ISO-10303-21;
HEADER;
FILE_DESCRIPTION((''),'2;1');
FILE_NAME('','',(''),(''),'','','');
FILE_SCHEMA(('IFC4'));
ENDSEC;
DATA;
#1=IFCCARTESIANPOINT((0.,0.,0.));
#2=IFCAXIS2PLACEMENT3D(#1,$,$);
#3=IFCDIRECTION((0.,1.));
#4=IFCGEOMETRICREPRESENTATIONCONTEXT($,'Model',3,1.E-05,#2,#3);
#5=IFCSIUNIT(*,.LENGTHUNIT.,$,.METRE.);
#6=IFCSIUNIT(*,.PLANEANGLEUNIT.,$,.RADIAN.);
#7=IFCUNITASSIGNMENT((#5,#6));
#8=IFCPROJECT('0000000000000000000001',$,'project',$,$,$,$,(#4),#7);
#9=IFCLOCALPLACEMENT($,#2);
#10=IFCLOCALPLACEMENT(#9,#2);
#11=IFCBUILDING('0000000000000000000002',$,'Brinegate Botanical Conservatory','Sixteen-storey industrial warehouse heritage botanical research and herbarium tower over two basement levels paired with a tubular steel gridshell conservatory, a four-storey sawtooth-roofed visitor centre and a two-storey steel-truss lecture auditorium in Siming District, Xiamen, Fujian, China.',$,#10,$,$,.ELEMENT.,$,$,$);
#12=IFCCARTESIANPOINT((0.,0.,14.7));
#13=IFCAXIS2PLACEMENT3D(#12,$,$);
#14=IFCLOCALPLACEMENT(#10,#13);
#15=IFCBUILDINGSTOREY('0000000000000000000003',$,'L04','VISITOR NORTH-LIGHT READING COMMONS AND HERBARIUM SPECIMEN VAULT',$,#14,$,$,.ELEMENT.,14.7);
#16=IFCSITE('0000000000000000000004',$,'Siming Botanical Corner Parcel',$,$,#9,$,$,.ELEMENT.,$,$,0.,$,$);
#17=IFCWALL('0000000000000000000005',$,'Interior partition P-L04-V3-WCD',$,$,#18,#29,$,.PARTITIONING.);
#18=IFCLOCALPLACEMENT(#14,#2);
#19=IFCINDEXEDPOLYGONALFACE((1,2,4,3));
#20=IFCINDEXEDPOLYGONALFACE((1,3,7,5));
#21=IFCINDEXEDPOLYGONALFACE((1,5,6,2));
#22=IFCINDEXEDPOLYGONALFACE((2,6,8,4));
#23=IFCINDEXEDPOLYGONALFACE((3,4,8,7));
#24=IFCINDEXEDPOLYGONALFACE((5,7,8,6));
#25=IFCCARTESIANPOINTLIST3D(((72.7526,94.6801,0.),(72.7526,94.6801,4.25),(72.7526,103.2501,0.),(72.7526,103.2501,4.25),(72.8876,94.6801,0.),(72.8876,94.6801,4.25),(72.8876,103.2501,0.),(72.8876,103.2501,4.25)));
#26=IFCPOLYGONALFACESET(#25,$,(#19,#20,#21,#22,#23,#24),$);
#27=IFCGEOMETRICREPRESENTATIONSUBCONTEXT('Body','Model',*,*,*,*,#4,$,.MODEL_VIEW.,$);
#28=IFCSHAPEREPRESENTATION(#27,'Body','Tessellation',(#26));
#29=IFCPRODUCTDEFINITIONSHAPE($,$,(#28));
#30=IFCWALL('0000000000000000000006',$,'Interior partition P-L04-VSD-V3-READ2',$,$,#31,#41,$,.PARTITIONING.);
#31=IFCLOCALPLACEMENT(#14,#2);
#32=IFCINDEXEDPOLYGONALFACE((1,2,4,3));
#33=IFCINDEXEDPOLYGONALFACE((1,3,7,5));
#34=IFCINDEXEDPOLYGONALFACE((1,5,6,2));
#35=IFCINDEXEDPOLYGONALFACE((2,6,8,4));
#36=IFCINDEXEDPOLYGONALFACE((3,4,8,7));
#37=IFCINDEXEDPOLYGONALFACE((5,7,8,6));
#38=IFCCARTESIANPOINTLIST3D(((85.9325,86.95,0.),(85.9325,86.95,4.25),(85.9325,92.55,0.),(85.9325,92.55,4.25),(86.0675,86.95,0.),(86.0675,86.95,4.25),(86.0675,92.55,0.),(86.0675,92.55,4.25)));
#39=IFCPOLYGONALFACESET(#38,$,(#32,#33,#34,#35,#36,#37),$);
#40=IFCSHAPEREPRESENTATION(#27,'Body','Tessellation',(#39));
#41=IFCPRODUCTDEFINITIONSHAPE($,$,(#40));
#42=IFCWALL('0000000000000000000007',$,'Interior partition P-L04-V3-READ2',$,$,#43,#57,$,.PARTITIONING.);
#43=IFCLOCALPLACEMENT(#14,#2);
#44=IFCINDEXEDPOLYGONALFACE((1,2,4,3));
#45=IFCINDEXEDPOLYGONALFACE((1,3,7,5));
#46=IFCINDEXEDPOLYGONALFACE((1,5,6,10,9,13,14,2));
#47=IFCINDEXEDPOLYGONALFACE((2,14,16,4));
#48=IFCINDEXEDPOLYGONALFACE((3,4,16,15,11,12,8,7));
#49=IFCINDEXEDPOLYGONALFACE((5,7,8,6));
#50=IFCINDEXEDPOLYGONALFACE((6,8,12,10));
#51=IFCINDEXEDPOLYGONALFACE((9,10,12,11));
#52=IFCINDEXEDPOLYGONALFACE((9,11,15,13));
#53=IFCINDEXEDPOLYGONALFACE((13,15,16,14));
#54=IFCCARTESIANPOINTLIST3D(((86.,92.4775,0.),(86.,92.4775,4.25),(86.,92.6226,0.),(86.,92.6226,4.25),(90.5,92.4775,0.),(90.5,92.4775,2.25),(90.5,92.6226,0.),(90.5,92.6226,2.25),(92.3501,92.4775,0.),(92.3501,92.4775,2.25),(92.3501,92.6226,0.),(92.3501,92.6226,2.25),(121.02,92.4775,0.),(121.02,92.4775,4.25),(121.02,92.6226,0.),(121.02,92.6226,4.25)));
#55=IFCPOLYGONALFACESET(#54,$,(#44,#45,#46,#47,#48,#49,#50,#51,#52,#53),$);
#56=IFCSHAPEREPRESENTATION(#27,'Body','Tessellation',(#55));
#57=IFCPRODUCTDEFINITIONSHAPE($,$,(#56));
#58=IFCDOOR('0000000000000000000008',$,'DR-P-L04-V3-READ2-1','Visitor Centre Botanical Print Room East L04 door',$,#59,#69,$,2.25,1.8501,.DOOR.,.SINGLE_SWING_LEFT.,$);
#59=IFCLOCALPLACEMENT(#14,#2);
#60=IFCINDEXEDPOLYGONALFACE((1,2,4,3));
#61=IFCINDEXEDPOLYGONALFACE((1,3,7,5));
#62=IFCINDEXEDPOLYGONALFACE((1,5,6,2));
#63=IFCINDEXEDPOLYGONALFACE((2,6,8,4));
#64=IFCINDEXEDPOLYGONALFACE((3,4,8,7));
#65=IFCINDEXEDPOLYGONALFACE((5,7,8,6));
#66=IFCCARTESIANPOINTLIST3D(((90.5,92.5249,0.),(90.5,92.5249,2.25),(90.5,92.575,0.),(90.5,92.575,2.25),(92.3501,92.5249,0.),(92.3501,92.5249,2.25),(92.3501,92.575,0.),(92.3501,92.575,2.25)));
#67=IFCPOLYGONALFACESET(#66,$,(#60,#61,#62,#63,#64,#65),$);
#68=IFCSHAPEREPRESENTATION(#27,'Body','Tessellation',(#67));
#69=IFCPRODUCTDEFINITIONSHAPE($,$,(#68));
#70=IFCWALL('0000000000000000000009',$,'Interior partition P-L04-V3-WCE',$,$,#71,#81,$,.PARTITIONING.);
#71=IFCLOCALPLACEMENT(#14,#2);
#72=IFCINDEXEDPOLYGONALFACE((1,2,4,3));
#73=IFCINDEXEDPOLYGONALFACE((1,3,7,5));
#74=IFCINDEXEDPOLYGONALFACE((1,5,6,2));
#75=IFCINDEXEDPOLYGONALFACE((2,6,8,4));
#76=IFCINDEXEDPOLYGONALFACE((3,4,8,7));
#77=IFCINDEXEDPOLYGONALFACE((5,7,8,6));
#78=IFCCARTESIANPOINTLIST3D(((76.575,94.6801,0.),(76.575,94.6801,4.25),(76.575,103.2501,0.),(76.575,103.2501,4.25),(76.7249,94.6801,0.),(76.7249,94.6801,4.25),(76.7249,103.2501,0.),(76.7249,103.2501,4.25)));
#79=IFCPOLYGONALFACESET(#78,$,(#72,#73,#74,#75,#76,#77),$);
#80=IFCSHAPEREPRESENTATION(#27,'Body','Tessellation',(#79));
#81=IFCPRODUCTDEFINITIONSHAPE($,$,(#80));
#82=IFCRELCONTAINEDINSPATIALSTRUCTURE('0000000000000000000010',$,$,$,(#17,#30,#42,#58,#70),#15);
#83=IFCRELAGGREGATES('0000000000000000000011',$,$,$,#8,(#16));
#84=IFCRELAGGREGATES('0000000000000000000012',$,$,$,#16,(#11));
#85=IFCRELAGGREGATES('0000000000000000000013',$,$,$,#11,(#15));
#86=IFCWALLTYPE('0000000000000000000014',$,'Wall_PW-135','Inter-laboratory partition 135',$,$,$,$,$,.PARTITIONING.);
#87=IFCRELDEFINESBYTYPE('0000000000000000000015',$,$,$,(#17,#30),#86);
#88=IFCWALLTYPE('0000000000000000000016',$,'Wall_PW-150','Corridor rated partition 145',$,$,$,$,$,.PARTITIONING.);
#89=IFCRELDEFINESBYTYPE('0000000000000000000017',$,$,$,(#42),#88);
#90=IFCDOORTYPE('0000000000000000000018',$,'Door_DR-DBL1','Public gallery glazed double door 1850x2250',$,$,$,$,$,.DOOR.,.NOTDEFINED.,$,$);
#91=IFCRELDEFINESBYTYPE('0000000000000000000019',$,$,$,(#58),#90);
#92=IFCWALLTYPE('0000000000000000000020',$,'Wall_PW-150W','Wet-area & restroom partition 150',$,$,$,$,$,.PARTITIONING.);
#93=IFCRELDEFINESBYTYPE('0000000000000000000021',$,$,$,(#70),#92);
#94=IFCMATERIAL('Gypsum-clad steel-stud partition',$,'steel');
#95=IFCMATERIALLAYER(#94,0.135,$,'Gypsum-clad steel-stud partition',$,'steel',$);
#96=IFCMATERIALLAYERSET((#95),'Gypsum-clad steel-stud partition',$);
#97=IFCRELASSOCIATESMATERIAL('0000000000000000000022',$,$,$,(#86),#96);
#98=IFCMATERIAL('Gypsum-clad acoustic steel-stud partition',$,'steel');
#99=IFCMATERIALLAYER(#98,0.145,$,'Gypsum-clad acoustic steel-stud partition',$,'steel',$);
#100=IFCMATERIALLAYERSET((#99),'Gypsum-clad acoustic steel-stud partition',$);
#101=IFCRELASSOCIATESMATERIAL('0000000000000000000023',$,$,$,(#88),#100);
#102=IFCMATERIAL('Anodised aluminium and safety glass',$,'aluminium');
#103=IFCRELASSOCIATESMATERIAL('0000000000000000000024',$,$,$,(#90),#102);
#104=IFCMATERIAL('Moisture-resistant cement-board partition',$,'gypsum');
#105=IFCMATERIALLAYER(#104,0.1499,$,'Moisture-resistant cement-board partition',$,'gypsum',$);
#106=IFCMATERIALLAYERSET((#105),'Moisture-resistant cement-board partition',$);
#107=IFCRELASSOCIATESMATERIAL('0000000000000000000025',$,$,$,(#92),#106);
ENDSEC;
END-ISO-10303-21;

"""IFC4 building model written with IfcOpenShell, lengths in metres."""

from ifc_helpers import new_model, si_unit, direction, frame, frame_2d, origin, place, context, subcontext, project, spatial, rectangle, extrude, material, layer, layer_set, type_object, element, fill, save


model = new_model("IFC4")

# Units and contexts
model_context = context("Model", 3, precision=1e-05, world=origin(), true_north=direction((0.0, 1.0)))
body_context = subcontext(model_context, "Body", "Model", "MODEL_VIEW")
ifc_project = project(units=[si_unit("LENGTHUNIT", "METRE"), si_unit("PLANEANGLEUNIT", "RADIAN")], contexts=[model_context])

# Site, building, storey
site_placement = place(None, origin())
site = spatial("IfcSite", under=ifc_project, at=site_placement, Name="Siming Botanical Corner Parcel", CompositionType="ELEMENT", RefElevation=0.0)
building_placement = place(site_placement, origin())
building = spatial("IfcBuilding", under=site, at=building_placement, Name="Brinegate Botanical Conservatory", Description="Sixteen-storey industrial warehouse heritage botanical research and herbarium tower over two basement levels paired with a tubular steel gridshell conservatory, a four-storey sawtooth-roofed visitor centre and a two-storey steel-truss lecture auditorium in Siming District, Xiamen, Fujian, China.", CompositionType="ELEMENT")
storey_placement = place(building_placement, frame((0.0, 0.0, 14.7)))
storey = spatial("IfcBuildingStorey", under=building, at=storey_placement, Name="L04", Description="VISITOR NORTH-LIGHT READING COMMONS AND HERBARIUM SPECIMEN VAULT", CompositionType="ELEMENT", Elevation=14.7)

# Walls
ifc_material_1 = material(Name="Gypsum-clad steel-stud partition", Category="steel")
ifc_layer_1 = layer(ifc_material_1, 0.135, Name="Gypsum-clad steel-stud partition", Category="steel")
ifc_layer_set_1 = layer_set([ifc_layer_1], Name="Gypsum-clad steel-stud partition")
wall_type_1 = type_object("IfcWallType", Name="Wall_PW-135", Description="Inter-laboratory partition 135", PredefinedType="PARTITIONING", material=ifc_layer_set_1)
wall_1_placement = place(storey_placement, frame((72.8201, 94.6799, 0.0), z_axis=(0.0, 0.0, 1.0), x_axis=(0.0, 1.0, 0.0)))
element("IfcWall", 1, at=wall_1_placement, inside=storey, type_object=wall_type_1, Name="Interior partition P-L04-V3-WCD", PredefinedType="PARTITIONING", context=body_context, shape_type="SweptSolid", body=[
    extrude(rectangle(XDim=8.5701, YDim=0.135, at=frame_2d((4.2852, 0.0))), origin(), (0.0, 0.0, 1.0), 4.25),
])
wall_2_placement = place(storey_placement, frame((86.0, 86.95, 0.0), z_axis=(0.0, 0.0, 1.0), x_axis=(0.0, 1.0, 0.0)))
element("IfcWall", 2, at=wall_2_placement, inside=storey, type_object=wall_type_1, Name="Interior partition P-L04-VSD-V3-READ2", PredefinedType="PARTITIONING", context=body_context, shape_type="SweptSolid", body=[
    extrude(rectangle(XDim=5.6001, YDim=0.135, at=frame_2d((2.8, 0.0))), origin(), (0.0, 0.0, 1.0), 4.25),
])

# Wall, opening, door
ifc_material_2 = material(Name="Gypsum-clad acoustic steel-stud partition", Category="steel")
ifc_layer_2 = layer(ifc_material_2, 0.145, Name="Gypsum-clad acoustic steel-stud partition", Category="steel")
ifc_layer_set_2 = layer_set([ifc_layer_2], Name="Gypsum-clad acoustic steel-stud partition")
wall_type_2 = type_object("IfcWallType", Name="Wall_PW-150", Description="Corridor rated partition 145", PredefinedType="PARTITIONING", material=ifc_layer_set_2)
wall_3_placement = place(storey_placement, frame((86.0, 92.55, 0.0), z_axis=(0.0, 0.0, 1.0), x_axis=(1.0, 0.0, 0.0)))
wall_3 = element("IfcWall", 3, at=wall_3_placement, inside=storey, type_object=wall_type_2, Name="Interior partition P-L04-V3-READ2", PredefinedType="PARTITIONING", context=body_context, shape_type="SweptSolid", body=[
    extrude(rectangle(XDim=35.02, YDim=0.145, at=frame_2d((17.51, 0.0))), origin(), (0.0, 0.0, 1.0), 4.25),
])
opening_1_placement = place(wall_3_placement, frame((4.5, 0.0, 0.0)))
opening_1 = element("IfcOpeningElement", 4, at=opening_1_placement, cuts=wall_3, PredefinedType="OPENING", context=body_context, shape_type="SweptSolid", body=[
    extrude(rectangle(XDim=1.8501, YDim=2.25, at=frame_2d((0.925, 1.125))), frame((0.0, 0.0825, 0.0), z_axis=(0.0, -1.0, 0.0), x_axis=(1.0, 0.0, 0.0)), (0.0, 0.0, 1.0), 0.165),
])
ifc_material_3 = material(Name="Anodised aluminium and safety glass", Category="aluminium")
door_type = type_object("IfcDoorType", Name="Door_DR-DBL1", Description="Public gallery glazed double door 1850x2250", OperationType="NOTDEFINED", PredefinedType="DOOR", material=ifc_material_3)
door_placement = place(opening_1_placement, origin())
door = element("IfcDoor", 5, at=door_placement, inside=storey, type_object=door_type, Name="DR-P-L04-V3-READ2-1", Description="Visitor Centre Botanical Print Room East L04 door", OperationType="SINGLE_SWING_LEFT", OverallHeight=2.25, OverallWidth=1.8501, PredefinedType="DOOR", context=body_context, shape_type="SweptSolid", body=[
    extrude(rectangle(XDim=1.8501, YDim=2.25, at=frame_2d((0.925, 1.125))), frame((0.0, 0.0249, 0.0), z_axis=(0.0, -1.0, 0.0), x_axis=(1.0, 0.0, 0.0)), (0.0, 0.0, 1.0), 0.05),
])
fill(opening_1, door)

# Wall
ifc_material_4 = material(Name="Moisture-resistant cement-board partition", Category="gypsum")
ifc_layer_3 = layer(ifc_material_4, 0.1499, Name="Moisture-resistant cement-board partition", Category="gypsum")
ifc_layer_set_3 = layer_set([ifc_layer_3], Name="Moisture-resistant cement-board partition")
wall_type_3 = type_object("IfcWallType", Name="Wall_PW-150W", Description="Wet-area & restroom partition 150", PredefinedType="PARTITIONING", material=ifc_layer_set_3)
wall_4_placement = place(storey_placement, frame((76.6499, 94.6799, 0.0), z_axis=(0.0, 0.0, 1.0), x_axis=(0.0, 1.0, 0.0)))
element("IfcWall", 6, at=wall_4_placement, inside=storey, type_object=wall_type_3, Name="Interior partition P-L04-V3-WCE", PredefinedType="PARTITIONING", context=body_context, shape_type="SweptSolid", body=[
    extrude(rectangle(XDim=8.5701, YDim=0.1499, at=frame_2d((4.2852, 0.0))), origin(), (0.0, 0.0, 1.0), 4.25),
])

save(model, "model.ifc")
